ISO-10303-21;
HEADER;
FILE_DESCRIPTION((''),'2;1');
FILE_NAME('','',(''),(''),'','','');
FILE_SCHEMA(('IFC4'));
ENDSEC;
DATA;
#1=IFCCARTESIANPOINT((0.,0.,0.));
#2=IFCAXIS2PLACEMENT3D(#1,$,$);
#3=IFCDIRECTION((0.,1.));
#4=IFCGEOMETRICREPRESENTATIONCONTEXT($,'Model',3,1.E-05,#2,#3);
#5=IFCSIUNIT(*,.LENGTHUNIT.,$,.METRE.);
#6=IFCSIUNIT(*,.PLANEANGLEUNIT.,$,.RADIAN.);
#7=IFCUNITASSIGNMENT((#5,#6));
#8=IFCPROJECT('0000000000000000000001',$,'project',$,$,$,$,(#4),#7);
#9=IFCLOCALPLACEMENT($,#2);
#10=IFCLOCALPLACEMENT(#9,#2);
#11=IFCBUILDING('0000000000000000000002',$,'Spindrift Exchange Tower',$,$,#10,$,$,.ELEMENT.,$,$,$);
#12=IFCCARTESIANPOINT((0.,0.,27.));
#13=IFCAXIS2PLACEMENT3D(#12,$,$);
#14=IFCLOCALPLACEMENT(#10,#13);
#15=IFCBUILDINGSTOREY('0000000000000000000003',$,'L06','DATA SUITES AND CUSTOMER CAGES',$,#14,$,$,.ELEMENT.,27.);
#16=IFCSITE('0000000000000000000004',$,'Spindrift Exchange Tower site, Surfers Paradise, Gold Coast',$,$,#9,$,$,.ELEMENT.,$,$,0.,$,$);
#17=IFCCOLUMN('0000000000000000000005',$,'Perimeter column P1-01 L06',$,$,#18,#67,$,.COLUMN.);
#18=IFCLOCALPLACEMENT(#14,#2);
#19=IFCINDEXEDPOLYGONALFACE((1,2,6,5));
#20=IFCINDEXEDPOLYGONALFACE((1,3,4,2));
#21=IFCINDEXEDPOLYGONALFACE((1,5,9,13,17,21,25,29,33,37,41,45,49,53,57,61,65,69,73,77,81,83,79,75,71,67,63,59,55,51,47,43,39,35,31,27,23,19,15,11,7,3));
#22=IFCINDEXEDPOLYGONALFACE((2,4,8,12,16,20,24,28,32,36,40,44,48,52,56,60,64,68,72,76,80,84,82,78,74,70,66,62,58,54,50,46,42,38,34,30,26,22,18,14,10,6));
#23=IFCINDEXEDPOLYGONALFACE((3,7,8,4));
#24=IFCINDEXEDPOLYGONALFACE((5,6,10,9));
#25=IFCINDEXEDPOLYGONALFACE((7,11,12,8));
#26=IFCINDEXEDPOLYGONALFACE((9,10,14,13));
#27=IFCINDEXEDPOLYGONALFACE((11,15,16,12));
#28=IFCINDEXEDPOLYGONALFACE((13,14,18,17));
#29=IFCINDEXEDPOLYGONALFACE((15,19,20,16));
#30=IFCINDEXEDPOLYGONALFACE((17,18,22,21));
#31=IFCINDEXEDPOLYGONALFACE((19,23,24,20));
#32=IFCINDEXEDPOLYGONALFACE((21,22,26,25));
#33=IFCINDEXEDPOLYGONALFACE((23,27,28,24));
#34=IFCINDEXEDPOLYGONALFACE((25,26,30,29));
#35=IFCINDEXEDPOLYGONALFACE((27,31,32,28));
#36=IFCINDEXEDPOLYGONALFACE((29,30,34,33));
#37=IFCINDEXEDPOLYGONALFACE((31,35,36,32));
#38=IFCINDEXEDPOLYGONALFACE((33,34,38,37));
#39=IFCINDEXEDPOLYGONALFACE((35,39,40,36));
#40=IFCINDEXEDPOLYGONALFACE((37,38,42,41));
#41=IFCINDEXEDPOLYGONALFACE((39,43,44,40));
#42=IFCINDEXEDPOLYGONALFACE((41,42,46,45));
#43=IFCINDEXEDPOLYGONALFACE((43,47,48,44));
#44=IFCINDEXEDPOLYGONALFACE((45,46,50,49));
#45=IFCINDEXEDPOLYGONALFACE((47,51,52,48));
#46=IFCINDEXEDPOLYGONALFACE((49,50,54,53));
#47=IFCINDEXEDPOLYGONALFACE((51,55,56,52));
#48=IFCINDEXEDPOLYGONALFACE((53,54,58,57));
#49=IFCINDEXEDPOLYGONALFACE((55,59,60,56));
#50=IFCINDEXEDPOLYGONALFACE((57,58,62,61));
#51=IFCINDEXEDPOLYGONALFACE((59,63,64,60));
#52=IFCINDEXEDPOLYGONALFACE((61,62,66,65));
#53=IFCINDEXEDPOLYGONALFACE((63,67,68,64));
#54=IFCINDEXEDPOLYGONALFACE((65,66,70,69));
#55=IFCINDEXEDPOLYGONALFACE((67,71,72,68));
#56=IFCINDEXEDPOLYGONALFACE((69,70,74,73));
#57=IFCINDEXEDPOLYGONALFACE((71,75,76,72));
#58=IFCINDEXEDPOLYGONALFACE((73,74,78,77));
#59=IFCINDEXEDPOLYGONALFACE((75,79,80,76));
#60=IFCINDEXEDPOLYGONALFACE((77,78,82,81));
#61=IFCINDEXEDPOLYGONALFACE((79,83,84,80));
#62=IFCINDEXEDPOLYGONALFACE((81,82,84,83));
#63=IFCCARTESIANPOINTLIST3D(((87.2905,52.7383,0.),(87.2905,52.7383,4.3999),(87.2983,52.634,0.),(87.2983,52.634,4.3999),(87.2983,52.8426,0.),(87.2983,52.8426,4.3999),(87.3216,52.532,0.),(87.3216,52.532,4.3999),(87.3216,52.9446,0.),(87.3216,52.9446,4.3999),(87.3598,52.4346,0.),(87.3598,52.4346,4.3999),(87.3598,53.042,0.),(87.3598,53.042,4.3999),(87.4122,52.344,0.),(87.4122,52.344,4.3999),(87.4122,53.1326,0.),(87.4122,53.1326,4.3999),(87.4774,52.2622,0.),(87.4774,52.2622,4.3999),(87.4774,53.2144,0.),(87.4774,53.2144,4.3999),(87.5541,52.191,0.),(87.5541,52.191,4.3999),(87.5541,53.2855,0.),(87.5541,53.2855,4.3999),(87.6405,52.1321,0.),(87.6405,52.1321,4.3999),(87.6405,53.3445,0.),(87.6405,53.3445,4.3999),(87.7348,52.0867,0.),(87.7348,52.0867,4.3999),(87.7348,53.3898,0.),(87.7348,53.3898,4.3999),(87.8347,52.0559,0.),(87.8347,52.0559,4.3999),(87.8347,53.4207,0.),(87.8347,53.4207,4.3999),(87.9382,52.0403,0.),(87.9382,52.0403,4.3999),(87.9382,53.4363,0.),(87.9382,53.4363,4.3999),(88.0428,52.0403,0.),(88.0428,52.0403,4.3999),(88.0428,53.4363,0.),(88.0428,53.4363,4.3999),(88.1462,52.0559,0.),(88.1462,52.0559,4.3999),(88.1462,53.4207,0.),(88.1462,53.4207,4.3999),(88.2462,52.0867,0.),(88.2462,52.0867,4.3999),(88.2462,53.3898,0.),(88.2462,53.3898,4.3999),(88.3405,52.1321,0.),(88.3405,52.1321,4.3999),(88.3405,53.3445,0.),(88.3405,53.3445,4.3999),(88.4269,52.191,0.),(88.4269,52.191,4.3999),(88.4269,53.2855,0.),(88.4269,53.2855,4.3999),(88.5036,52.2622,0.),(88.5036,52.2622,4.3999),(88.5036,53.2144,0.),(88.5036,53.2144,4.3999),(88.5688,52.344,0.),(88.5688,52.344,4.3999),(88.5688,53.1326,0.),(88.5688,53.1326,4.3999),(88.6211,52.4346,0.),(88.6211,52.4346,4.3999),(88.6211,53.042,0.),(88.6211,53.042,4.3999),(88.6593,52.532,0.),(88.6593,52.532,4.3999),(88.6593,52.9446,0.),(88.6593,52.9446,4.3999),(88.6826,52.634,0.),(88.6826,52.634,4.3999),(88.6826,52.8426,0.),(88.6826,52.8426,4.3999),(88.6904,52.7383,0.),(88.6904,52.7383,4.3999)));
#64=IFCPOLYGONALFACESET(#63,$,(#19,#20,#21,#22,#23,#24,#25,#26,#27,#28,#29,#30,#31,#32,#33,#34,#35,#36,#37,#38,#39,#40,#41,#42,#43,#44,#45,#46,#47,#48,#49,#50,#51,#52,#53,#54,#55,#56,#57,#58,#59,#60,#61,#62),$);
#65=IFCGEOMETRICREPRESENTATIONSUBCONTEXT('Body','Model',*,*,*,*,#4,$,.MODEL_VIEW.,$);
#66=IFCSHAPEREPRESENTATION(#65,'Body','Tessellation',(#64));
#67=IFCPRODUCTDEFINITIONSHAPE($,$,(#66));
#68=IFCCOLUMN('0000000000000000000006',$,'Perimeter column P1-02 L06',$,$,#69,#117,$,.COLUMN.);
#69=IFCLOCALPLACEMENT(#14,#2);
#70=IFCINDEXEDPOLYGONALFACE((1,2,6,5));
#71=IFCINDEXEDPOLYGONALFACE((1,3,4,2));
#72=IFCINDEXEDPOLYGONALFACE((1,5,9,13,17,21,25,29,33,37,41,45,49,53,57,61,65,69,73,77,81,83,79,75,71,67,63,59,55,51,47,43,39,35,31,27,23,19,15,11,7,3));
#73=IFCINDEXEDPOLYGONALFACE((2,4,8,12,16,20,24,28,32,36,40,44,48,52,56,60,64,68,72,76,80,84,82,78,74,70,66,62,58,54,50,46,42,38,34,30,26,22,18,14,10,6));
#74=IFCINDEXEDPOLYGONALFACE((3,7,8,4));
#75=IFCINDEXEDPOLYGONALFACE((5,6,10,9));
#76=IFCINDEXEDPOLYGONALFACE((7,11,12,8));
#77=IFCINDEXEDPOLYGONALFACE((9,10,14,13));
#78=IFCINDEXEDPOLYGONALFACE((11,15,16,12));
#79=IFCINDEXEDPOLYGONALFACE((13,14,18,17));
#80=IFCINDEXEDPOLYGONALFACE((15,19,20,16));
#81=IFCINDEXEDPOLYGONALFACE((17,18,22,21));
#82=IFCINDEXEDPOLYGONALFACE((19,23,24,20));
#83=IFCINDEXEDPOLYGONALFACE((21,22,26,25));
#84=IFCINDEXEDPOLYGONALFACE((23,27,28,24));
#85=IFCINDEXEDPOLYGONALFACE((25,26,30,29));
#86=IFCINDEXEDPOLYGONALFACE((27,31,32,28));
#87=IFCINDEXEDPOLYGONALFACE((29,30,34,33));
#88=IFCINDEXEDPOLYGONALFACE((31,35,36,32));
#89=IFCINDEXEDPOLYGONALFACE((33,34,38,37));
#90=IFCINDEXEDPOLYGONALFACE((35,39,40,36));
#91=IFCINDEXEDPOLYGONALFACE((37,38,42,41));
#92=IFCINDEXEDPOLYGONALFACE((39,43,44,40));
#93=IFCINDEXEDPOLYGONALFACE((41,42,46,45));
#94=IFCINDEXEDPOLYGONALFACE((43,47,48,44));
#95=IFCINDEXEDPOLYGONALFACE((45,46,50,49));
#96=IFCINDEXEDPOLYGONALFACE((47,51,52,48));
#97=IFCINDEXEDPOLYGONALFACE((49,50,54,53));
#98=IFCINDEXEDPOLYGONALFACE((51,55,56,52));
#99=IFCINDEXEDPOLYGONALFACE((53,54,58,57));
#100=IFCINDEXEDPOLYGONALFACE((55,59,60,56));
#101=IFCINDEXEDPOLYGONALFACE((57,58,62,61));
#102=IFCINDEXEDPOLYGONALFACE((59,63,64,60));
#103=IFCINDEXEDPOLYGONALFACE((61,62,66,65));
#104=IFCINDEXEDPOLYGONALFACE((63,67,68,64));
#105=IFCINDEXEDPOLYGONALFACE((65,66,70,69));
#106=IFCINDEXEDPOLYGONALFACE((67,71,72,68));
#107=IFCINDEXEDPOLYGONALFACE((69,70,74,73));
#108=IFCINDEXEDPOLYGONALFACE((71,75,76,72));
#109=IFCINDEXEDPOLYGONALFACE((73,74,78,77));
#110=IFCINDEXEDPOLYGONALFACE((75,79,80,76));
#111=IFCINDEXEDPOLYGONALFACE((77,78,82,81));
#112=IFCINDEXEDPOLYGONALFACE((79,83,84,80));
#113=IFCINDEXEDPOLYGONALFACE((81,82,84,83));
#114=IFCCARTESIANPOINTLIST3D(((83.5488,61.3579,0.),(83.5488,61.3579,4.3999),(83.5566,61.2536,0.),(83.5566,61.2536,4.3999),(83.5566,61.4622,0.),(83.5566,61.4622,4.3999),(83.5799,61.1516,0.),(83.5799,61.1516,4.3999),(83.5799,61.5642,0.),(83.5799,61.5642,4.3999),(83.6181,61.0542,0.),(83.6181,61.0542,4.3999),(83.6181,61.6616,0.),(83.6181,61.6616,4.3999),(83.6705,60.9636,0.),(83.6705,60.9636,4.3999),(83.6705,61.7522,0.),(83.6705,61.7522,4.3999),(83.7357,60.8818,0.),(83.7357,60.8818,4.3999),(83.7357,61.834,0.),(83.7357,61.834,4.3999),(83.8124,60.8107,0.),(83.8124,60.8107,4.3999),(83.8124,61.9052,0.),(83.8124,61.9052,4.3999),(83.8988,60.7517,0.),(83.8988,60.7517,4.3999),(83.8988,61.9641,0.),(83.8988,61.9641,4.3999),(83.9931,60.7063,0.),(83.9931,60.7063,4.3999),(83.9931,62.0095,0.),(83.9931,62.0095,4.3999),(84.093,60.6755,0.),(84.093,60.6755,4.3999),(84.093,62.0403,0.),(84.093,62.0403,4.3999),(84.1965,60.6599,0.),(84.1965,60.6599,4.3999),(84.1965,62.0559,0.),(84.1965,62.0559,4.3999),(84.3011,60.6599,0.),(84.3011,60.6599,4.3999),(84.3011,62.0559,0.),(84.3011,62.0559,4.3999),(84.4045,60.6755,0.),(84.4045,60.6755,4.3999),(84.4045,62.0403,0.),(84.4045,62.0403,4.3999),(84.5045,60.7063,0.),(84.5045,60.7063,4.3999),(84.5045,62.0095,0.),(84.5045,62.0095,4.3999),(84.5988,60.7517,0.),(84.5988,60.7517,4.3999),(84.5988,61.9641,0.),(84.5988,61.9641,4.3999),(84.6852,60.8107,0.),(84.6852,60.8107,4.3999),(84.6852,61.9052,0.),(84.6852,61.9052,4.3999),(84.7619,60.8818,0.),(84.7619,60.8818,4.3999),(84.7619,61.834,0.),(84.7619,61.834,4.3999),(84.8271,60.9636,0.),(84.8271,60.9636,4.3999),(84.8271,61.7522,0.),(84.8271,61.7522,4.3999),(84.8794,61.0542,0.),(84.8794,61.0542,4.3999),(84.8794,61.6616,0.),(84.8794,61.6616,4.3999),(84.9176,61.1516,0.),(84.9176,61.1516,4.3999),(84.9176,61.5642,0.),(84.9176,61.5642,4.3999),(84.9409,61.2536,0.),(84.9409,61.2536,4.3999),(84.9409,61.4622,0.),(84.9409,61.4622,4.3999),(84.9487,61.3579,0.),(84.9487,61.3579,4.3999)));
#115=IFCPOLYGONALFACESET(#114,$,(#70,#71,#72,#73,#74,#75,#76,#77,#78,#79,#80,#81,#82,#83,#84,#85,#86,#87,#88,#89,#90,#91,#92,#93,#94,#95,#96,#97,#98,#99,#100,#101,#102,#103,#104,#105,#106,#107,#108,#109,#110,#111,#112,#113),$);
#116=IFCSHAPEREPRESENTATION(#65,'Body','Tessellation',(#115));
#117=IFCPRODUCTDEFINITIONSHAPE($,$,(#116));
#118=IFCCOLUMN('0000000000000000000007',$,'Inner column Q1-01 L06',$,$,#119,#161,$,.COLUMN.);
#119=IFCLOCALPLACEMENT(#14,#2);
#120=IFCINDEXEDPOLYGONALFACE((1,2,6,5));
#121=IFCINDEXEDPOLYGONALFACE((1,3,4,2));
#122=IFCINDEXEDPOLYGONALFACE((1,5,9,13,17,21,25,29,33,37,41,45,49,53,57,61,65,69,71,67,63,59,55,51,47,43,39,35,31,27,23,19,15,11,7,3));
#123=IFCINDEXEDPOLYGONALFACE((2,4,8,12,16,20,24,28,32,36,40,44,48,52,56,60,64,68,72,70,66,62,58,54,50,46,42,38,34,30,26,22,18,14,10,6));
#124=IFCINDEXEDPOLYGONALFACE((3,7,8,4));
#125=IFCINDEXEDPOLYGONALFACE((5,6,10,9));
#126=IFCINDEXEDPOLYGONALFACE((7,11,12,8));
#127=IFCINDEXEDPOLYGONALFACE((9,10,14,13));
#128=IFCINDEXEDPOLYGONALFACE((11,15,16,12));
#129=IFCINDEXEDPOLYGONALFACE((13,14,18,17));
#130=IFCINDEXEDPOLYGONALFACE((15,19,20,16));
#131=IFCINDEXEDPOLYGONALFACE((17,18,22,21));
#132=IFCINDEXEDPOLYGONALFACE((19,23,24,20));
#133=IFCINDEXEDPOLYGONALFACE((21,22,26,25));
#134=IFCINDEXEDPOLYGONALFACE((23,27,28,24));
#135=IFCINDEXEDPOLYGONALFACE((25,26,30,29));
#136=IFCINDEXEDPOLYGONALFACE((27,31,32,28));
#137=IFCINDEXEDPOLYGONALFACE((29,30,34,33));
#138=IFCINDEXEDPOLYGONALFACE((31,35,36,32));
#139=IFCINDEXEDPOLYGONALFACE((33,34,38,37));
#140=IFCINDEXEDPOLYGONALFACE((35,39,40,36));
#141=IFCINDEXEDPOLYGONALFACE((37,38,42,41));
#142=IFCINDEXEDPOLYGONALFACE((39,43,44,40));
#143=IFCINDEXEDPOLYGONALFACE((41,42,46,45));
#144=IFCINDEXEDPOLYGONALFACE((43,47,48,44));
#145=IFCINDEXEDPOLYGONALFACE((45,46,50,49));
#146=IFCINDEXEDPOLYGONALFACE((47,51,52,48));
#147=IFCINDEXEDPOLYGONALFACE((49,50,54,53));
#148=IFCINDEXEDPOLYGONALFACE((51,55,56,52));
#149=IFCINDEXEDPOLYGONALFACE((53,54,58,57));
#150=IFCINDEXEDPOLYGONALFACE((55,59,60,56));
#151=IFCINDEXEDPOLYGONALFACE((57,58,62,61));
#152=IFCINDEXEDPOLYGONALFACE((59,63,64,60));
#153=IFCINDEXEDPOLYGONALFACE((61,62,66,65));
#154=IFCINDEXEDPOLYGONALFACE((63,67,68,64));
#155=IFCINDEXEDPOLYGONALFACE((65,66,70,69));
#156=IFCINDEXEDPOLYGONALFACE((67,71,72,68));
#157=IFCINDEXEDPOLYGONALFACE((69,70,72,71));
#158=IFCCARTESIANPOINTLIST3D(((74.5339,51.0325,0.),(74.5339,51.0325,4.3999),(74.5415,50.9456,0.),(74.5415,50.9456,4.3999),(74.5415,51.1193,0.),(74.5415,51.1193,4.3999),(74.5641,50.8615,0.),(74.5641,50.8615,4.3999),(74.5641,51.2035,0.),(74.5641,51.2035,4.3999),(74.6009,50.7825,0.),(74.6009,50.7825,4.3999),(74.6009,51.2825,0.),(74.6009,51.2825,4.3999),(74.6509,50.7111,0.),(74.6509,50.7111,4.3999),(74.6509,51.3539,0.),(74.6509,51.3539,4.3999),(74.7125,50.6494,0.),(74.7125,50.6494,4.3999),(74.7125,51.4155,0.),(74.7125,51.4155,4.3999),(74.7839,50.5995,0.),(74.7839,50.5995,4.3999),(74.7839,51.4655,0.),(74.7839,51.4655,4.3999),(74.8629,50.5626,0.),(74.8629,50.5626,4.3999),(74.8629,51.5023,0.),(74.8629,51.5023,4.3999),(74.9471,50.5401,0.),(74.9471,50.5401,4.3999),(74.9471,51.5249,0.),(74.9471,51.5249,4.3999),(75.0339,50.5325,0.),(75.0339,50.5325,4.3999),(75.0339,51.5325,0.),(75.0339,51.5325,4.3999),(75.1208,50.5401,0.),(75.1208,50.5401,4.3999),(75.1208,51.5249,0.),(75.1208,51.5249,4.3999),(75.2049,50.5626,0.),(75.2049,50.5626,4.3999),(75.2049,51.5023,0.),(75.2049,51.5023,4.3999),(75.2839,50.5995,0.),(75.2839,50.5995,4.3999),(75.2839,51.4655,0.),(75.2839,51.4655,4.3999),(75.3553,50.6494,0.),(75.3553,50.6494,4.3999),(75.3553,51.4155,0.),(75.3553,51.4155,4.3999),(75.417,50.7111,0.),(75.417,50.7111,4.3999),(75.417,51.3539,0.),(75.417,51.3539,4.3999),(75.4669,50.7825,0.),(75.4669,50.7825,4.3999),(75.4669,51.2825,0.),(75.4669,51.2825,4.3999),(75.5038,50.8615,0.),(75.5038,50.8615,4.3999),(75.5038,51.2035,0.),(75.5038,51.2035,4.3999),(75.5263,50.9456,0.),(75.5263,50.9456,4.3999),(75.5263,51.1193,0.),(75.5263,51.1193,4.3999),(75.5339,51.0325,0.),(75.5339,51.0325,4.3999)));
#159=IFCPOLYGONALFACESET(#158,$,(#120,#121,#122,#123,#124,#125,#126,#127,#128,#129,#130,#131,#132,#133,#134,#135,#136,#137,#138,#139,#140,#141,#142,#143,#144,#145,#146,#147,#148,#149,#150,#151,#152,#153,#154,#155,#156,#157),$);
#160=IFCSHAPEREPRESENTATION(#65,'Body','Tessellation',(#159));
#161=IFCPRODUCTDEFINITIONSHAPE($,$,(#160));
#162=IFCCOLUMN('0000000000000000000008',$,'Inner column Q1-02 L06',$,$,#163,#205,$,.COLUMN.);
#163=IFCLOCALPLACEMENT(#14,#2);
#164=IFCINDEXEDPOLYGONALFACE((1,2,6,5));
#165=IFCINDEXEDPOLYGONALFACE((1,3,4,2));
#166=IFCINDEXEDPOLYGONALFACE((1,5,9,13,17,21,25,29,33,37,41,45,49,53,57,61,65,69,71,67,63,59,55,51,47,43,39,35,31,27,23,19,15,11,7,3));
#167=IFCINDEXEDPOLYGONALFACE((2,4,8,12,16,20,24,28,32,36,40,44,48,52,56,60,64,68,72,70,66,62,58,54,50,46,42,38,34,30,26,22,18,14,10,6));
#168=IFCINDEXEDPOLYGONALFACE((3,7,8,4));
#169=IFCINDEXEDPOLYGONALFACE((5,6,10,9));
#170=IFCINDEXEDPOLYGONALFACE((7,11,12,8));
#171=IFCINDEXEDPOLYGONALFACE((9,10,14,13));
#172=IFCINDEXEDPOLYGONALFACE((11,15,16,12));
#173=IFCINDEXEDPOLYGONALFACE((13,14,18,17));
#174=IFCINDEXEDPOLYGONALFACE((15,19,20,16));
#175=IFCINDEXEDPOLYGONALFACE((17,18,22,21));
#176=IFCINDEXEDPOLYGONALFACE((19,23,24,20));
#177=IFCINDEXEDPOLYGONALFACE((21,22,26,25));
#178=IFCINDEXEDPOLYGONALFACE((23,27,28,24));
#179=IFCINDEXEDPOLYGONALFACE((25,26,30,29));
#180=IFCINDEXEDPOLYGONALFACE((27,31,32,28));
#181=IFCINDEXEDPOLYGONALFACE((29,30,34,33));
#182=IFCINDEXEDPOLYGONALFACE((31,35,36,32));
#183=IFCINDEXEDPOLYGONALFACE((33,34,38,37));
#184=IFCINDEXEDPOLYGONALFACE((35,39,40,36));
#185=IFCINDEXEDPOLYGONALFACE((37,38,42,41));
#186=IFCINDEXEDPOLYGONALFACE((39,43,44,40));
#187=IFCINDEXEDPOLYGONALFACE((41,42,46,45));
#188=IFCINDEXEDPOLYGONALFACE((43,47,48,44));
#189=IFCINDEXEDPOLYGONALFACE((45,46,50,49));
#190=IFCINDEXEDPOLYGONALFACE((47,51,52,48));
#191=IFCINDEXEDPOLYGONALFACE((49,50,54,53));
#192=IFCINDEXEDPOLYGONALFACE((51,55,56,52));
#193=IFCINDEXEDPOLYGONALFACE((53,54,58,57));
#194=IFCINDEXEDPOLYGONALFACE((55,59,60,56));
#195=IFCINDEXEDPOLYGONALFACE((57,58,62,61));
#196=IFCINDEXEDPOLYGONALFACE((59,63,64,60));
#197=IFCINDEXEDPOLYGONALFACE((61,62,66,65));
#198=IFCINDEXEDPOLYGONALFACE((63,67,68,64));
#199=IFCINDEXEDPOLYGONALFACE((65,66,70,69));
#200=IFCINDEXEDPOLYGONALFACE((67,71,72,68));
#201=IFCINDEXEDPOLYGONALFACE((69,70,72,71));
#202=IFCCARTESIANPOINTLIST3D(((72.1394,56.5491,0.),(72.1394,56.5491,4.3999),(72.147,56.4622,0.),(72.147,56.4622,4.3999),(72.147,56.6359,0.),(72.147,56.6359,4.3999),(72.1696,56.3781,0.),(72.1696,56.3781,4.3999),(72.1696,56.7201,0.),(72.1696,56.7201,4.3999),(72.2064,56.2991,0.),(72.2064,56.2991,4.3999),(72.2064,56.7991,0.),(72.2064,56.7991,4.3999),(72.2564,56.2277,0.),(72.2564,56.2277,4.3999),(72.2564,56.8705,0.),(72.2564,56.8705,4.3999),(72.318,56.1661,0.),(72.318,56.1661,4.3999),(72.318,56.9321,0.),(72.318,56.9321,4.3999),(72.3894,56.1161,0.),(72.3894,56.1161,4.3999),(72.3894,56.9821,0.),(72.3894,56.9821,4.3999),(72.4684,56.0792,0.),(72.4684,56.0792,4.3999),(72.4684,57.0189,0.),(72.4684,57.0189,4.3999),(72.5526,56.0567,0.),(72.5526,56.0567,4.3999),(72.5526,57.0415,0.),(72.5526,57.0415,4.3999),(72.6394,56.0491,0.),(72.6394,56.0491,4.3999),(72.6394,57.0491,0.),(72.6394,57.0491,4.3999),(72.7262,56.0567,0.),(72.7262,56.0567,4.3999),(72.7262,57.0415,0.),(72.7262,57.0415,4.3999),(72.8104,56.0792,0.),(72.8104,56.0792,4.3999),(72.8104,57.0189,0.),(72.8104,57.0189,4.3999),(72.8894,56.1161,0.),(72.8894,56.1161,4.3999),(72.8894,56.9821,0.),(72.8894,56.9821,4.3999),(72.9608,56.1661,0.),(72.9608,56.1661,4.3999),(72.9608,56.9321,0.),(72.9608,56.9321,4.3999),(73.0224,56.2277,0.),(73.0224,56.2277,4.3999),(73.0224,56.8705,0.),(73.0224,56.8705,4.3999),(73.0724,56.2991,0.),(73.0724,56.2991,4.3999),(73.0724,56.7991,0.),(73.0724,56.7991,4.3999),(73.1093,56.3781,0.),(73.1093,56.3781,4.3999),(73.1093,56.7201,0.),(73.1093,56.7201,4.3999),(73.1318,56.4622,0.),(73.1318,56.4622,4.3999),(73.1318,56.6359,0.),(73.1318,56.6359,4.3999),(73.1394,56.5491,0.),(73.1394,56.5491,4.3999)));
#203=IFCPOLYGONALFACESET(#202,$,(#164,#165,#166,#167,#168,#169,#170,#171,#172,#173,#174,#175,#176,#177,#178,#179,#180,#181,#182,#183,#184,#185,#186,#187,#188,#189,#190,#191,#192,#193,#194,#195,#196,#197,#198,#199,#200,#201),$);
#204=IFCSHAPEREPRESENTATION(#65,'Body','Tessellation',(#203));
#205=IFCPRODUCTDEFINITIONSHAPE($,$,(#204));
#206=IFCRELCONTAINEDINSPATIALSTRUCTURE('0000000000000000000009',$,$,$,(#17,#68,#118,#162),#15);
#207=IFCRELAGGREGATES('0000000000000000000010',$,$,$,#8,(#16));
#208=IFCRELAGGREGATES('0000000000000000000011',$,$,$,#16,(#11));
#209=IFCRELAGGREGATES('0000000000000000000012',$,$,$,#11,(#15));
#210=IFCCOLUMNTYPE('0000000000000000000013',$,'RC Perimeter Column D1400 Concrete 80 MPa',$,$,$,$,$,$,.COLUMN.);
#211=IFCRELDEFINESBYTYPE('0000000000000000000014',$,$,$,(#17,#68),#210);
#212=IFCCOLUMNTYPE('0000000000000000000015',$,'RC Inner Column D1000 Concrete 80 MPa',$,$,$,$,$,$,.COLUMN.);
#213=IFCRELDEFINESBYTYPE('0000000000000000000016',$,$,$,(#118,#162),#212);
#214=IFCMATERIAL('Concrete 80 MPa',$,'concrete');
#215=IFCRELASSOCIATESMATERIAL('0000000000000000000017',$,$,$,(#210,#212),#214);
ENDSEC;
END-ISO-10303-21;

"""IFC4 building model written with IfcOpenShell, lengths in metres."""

from ifc_helpers import new_model, si_unit, direction, frame, origin, origin_2d, place, context, subcontext, project, spatial, circle, extrude, source, transform, mapped, material, material_profile, profile_set, type_object, element, save


model = new_model("IFC4")

# Units and contexts
model_context = context("Model", 3, precision=1e-05, world=origin(), true_north=direction((0.0, 1.0)))
body_context = subcontext(model_context, "Body", "Model", "MODEL_VIEW")
ifc_project = project(units=[si_unit("LENGTHUNIT", "METRE"), si_unit("PLANEANGLEUNIT", "RADIAN")], contexts=[model_context])

# Site, building, storey
site_placement = place(None, origin())
site = spatial("IfcSite", under=ifc_project, at=site_placement, Name="Spindrift Exchange Tower site, Surfers Paradise, Gold Coast", CompositionType="ELEMENT", RefElevation=0.0)
building_placement = place(site_placement, origin())
building = spatial("IfcBuilding", under=site, at=building_placement, Name="Spindrift Exchange Tower", CompositionType="ELEMENT")
storey_placement = place(building_placement, frame((0.0, 0.0, 27.0)))
storey = spatial("IfcBuildingStorey", under=building, at=storey_placement, Name="L06", Description="DATA SUITES AND CUSTOMER CAGES", CompositionType="ELEMENT", Elevation=27.0)

# Columns
ifc_material_1 = material(Name="Concrete 80 MPa", Category="concrete")
ifc_material_profile_1 = material_profile(ifc_material_1, circle(Radius=0.7, at=origin_2d()), Name="RC D1400")
ifc_profile_set_1 = profile_set([ifc_material_profile_1], Name="Concrete 80 MPa")
column_type_1 = type_object("IfcColumnType", Name="RC Perimeter Column D1400 Concrete 80 MPa", PredefinedType="COLUMN", material=ifc_profile_set_1)
shared_shape_1 = source(origin(), body_context, "Body", "SweptSolid", [
    extrude(circle(Radius=0.7, at=origin_2d()), origin(), (0.0, 0.0, 1.0), 4.3999),
])
for number, where, z_axis, x_axis, name in (
    (1, (87.9905, 52.7383, 0.0), (0.0, 0.0, 1.0), (1.0, 0.0, 0.0), "Perimeter column P1-01 L06"),
    (2, (84.2488, 61.3579, 0.0), (0.0, 0.0, 1.0), (1.0, 0.0, 0.0), "Perimeter column P1-02 L06"),
):
    element("IfcColumn", number, at=place(storey_placement, frame(where, z_axis=z_axis, x_axis=x_axis)), inside=storey, type_object=column_type_1, Name=name, PredefinedType="COLUMN", context=body_context, shape_type="MappedRepresentation", body=[
        mapped(shared_shape_1, transform((0.0, 0.0, 0.0), scale=1.0)),
    ])
ifc_material_profile_2 = material_profile(ifc_material_1, circle(Radius=0.5, at=origin_2d()), Name="RC D1000")
ifc_profile_set_2 = profile_set([ifc_material_profile_2], Name="Concrete 80 MPa")
column_type_2 = type_object("IfcColumnType", Name="RC Inner Column D1000 Concrete 80 MPa", PredefinedType="COLUMN", material=ifc_profile_set_2)
shared_shape_2 = source(origin(), body_context, "Body", "SweptSolid", [
    extrude(circle(Radius=0.5, at=origin_2d()), origin(), (0.0, 0.0, 1.0), 4.3999),
])
for number, where, z_axis, x_axis, name in (
    (3, (75.0339, 51.0325, 0.0), (0.0, 0.0, 1.0), (1.0, 0.0, 0.0), "Inner column Q1-01 L06"),
    (4, (72.6394, 56.5491, 0.0), (0.0, 0.0, 1.0), (1.0, 0.0, 0.0), "Inner column Q1-02 L06"),
):
    element("IfcColumn", number, at=place(storey_placement, frame(where, z_axis=z_axis, x_axis=x_axis)), inside=storey, type_object=column_type_2, Name=name, PredefinedType="COLUMN", context=body_context, shape_type="MappedRepresentation", body=[
        mapped(shared_shape_2, transform((0.0, 0.0, 0.0), scale=1.0)),
    ])

save(model, "model.ifc")
